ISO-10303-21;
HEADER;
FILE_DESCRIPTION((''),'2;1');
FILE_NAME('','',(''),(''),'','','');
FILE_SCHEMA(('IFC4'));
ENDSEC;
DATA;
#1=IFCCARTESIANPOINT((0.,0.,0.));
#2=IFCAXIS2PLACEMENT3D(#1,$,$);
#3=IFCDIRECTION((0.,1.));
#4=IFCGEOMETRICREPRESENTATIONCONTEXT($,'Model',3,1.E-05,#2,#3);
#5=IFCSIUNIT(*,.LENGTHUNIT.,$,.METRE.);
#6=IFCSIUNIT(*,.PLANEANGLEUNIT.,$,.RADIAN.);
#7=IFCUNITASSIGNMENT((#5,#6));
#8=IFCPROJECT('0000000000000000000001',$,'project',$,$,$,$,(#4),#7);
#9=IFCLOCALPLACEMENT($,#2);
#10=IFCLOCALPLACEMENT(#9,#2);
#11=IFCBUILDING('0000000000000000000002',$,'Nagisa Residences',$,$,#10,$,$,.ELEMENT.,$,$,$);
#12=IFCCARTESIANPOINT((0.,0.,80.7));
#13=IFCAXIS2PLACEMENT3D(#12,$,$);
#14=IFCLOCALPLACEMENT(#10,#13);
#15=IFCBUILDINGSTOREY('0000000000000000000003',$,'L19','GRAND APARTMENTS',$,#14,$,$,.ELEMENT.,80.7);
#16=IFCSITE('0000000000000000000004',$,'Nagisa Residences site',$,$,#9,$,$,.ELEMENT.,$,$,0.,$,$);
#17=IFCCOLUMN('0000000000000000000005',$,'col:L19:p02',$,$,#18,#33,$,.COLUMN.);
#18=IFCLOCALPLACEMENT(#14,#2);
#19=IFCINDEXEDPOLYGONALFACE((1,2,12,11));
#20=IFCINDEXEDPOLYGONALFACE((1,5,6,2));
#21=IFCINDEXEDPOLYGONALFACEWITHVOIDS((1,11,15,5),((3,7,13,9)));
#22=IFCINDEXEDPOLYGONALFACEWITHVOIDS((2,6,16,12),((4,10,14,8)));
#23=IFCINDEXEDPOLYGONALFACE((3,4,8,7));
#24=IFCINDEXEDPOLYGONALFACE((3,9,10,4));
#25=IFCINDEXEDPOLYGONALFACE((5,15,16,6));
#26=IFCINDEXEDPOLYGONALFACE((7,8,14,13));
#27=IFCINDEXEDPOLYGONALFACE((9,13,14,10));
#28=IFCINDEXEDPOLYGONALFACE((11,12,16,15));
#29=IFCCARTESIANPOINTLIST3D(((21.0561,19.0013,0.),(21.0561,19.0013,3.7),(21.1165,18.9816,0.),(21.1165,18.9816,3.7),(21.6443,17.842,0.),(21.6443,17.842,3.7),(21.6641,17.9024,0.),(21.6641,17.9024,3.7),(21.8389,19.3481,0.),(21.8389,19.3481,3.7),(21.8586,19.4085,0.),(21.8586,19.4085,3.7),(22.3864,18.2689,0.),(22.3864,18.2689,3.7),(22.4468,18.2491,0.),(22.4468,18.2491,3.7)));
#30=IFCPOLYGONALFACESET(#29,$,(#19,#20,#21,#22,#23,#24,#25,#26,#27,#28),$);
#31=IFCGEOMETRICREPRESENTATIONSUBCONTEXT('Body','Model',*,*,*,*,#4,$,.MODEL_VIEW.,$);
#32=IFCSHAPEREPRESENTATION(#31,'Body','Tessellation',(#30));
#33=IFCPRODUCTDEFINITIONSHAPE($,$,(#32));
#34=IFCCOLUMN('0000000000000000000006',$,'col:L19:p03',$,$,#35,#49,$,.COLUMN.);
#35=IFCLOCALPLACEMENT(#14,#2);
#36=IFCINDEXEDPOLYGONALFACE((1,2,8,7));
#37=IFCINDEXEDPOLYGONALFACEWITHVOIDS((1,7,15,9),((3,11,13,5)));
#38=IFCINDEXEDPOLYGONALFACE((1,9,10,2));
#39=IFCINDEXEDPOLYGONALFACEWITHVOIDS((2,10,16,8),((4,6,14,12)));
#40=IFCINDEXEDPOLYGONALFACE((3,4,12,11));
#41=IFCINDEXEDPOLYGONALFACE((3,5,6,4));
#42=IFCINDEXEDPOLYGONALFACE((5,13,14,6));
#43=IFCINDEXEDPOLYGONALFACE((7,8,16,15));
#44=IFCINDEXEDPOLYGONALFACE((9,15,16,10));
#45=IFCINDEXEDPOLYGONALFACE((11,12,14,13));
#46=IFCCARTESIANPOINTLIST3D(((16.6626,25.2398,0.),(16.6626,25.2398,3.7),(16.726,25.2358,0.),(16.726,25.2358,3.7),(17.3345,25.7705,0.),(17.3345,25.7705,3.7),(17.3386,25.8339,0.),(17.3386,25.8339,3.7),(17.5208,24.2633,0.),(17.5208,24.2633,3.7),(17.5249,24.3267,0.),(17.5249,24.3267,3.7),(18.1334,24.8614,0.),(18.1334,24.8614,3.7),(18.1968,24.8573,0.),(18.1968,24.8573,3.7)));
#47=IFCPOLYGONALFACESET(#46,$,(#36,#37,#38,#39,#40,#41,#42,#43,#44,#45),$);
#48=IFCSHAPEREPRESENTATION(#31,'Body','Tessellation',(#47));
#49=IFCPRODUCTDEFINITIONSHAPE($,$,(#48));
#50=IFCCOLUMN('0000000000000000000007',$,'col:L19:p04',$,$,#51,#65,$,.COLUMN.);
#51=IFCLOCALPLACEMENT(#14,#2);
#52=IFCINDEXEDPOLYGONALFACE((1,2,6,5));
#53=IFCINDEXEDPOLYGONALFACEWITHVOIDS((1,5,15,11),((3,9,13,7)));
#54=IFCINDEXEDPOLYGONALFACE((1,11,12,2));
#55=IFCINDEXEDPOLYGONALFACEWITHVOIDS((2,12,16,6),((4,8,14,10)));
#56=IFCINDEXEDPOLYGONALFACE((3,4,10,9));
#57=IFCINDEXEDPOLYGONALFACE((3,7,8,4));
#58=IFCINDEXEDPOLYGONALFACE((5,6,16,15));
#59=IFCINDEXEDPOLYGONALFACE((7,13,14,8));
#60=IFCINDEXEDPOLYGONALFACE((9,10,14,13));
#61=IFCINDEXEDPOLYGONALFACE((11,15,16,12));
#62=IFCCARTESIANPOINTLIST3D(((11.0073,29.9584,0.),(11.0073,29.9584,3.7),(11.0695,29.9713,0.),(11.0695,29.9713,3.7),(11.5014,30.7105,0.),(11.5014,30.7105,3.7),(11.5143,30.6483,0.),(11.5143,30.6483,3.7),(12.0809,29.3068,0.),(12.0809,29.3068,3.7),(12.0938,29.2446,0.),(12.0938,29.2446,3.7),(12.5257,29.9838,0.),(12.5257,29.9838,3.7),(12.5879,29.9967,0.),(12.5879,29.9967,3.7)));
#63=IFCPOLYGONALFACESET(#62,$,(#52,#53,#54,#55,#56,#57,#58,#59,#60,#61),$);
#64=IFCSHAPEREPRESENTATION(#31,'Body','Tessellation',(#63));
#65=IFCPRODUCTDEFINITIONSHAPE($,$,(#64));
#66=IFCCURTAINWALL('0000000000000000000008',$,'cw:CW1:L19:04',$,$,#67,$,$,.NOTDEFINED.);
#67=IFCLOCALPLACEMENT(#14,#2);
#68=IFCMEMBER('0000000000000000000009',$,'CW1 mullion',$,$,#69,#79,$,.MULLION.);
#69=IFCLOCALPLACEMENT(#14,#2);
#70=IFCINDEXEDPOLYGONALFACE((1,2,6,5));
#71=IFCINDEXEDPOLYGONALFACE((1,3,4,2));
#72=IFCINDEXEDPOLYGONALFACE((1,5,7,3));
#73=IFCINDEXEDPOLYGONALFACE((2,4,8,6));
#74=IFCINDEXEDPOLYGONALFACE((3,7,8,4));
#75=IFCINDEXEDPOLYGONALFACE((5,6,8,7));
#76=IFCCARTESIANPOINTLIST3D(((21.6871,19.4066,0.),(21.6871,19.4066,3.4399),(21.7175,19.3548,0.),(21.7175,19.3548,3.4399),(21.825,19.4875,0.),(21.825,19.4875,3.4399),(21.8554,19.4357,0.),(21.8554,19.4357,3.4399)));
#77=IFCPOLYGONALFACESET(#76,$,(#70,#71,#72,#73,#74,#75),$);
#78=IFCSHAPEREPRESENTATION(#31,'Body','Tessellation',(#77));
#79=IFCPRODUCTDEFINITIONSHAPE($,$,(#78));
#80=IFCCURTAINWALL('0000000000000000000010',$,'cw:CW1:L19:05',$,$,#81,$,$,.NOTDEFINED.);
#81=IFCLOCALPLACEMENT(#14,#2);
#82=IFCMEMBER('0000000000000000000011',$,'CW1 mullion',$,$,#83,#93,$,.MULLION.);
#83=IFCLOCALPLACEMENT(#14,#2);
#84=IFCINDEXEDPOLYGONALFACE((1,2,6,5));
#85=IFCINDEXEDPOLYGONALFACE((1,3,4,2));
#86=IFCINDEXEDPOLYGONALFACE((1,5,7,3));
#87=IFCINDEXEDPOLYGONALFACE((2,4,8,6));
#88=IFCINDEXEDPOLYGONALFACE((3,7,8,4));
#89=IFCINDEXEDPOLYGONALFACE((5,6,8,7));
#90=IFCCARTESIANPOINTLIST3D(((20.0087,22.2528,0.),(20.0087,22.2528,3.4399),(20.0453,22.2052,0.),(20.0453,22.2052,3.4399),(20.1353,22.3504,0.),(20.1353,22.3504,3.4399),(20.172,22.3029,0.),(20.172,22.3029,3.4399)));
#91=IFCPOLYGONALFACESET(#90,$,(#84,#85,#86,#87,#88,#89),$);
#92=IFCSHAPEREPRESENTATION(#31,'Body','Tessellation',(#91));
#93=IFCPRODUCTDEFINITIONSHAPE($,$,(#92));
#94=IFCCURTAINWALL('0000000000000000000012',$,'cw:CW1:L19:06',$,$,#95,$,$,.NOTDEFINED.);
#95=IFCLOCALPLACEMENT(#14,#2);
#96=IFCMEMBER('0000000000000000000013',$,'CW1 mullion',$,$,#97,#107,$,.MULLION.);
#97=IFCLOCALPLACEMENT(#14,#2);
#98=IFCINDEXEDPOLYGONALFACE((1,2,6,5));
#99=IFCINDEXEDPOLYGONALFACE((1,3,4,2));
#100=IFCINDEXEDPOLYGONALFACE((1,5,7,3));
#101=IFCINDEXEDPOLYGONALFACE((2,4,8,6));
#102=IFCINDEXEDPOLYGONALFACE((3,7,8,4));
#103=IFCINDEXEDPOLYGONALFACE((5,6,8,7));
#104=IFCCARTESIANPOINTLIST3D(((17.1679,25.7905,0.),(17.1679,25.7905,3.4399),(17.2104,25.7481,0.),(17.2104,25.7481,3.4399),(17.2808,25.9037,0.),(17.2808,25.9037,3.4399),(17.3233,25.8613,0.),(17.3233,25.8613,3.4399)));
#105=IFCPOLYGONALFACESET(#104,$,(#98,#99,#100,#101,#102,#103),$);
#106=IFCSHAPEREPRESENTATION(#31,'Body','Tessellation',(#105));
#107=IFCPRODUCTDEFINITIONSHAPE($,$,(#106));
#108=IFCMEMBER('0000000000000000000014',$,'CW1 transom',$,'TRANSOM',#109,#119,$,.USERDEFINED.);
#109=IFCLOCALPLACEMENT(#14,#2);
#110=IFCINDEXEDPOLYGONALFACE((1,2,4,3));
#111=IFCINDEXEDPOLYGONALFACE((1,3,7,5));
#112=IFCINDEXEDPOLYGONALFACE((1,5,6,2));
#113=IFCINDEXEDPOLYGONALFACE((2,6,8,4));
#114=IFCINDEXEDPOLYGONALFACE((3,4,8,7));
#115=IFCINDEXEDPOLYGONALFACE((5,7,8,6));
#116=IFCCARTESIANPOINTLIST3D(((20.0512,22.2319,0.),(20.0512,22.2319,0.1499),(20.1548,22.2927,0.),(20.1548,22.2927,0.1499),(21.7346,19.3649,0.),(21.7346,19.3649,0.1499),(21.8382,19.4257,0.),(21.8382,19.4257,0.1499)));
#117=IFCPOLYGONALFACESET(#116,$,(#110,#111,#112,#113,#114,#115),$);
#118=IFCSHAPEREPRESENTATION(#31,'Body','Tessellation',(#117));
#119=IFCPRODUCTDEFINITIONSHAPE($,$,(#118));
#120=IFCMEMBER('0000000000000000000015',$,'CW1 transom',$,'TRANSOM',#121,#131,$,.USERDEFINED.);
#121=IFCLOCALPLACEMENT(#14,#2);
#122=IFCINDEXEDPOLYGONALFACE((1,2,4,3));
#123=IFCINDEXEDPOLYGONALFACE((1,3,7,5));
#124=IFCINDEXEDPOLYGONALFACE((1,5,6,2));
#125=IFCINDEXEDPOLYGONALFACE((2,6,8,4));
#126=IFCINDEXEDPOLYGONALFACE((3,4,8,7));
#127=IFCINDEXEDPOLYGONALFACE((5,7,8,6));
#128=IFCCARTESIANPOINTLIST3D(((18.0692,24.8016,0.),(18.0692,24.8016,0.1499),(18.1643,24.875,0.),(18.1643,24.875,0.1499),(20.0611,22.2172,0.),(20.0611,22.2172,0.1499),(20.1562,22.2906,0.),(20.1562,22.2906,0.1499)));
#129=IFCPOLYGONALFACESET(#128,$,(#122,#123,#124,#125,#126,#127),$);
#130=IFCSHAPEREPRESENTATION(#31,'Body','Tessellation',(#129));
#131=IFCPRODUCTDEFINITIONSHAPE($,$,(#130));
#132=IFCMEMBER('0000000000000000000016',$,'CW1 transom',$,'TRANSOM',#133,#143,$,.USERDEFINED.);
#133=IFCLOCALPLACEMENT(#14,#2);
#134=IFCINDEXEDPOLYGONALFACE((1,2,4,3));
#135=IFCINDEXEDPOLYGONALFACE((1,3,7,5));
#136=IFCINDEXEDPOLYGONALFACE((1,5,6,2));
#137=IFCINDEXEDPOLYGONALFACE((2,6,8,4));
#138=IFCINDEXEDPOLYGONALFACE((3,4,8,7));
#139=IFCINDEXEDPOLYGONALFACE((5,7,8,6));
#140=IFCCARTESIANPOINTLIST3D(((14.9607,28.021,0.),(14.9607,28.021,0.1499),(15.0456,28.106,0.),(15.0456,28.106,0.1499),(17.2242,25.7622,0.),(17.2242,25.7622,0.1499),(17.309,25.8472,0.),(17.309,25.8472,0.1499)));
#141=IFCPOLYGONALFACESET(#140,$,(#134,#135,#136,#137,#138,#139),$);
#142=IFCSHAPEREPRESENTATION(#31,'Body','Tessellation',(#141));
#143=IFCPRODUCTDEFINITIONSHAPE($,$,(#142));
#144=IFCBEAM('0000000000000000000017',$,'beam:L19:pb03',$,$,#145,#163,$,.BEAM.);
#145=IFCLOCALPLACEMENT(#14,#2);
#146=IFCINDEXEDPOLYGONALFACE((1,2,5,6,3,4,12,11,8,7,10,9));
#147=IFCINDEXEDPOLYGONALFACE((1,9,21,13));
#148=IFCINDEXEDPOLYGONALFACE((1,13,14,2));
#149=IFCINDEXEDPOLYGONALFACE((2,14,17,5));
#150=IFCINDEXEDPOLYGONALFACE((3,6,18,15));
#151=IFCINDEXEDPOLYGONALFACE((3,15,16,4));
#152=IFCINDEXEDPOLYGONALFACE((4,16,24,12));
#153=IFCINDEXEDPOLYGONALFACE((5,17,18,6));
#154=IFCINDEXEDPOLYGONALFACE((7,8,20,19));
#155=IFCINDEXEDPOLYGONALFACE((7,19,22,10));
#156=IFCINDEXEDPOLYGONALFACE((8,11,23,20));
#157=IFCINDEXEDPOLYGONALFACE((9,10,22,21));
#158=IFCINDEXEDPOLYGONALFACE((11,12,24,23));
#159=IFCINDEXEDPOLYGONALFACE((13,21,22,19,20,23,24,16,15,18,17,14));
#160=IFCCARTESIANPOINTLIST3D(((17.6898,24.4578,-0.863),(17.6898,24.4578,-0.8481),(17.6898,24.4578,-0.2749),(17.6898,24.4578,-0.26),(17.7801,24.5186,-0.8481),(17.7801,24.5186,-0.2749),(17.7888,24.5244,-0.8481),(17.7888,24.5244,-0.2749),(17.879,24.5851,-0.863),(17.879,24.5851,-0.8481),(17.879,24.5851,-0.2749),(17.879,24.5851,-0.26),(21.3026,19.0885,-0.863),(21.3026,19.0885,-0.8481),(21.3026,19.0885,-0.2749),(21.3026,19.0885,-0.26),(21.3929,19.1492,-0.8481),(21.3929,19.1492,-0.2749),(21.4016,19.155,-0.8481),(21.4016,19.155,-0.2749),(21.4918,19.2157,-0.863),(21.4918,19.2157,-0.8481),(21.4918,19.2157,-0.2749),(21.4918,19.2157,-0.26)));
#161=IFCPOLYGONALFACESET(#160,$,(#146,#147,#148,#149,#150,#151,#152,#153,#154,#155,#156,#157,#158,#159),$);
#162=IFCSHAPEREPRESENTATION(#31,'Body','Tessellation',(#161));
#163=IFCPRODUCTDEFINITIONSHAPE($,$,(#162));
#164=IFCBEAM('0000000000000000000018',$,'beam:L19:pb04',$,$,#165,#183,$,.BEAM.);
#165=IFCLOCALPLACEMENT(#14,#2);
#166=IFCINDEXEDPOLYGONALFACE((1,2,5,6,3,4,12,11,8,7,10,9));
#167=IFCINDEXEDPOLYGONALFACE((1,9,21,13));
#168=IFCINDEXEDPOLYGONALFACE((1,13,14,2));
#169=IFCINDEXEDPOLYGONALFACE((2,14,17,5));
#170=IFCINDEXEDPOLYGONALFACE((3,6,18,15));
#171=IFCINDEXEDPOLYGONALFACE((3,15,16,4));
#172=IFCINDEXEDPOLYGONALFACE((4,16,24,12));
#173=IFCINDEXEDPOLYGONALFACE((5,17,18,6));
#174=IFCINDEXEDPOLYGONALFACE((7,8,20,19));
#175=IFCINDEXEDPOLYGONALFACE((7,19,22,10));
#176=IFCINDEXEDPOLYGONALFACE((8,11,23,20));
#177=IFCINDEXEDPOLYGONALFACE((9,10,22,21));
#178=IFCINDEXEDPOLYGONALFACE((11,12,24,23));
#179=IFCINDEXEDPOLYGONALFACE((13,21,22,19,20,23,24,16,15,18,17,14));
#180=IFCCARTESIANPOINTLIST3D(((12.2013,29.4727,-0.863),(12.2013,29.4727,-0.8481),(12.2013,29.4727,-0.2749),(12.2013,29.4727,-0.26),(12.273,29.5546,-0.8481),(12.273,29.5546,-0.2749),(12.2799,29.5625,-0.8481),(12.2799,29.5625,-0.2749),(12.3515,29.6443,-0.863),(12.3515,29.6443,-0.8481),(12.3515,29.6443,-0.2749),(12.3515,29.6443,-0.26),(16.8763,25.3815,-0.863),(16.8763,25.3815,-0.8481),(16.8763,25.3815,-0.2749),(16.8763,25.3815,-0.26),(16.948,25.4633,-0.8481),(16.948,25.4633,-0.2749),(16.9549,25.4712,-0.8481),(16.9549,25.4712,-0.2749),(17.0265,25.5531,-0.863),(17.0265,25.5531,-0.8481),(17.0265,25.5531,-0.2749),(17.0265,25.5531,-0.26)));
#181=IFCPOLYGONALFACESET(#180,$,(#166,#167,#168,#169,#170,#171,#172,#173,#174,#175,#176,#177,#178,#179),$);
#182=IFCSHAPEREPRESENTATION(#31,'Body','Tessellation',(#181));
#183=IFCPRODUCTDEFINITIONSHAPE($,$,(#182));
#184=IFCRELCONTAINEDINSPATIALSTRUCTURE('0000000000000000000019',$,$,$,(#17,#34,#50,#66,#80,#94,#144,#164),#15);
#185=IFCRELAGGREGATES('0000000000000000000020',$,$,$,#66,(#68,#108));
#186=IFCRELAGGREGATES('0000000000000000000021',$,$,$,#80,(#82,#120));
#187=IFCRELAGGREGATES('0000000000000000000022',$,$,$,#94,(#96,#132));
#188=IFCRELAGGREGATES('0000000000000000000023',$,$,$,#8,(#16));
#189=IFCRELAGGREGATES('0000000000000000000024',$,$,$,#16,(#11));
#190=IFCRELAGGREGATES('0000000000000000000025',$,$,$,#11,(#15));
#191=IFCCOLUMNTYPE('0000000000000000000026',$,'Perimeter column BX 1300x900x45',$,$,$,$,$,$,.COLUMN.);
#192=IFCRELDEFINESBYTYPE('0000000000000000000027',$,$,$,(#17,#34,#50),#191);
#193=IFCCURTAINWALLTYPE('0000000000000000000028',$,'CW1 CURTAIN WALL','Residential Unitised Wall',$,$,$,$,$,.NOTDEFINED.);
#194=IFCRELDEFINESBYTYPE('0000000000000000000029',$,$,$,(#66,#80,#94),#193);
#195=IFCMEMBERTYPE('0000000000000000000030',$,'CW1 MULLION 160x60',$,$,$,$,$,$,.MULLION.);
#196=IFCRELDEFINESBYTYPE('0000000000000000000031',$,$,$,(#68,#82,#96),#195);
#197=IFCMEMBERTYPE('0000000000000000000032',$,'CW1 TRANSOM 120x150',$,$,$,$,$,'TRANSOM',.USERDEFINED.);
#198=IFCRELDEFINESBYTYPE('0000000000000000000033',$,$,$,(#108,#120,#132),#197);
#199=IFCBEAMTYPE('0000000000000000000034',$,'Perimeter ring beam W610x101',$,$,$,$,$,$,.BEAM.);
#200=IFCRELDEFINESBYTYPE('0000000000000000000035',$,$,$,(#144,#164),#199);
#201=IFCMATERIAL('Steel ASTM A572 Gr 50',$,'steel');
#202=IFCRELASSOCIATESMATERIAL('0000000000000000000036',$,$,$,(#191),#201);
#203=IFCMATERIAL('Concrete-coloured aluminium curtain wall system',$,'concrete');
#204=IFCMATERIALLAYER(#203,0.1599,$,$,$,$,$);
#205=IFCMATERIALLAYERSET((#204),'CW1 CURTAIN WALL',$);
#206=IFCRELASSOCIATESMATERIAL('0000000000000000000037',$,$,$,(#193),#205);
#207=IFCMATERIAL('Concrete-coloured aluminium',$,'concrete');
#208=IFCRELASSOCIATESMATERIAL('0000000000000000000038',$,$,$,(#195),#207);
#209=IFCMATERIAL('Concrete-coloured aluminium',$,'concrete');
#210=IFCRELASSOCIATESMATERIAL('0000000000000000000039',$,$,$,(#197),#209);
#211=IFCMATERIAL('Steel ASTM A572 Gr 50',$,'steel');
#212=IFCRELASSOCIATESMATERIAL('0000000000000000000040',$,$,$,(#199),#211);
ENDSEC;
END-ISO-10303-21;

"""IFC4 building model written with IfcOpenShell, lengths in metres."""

from ifc_helpers import new_model, si_unit, direction, frame, origin, origin_2d, place, context, subcontext, project, spatial, rectangle, hollow_rectangle, i_section, extrude, material, layer, layer_set, material_profile, profile_set, type_object, element, aggregate, save


model = new_model("IFC4")

# Units and contexts
model_context = context("Model", 3, precision=1e-05, world=origin(), true_north=direction((0.0, 1.0)))
body_context = subcontext(model_context, "Body", "Model", "MODEL_VIEW")
ifc_project = project(units=[si_unit("LENGTHUNIT", "METRE"), si_unit("PLANEANGLEUNIT", "RADIAN")], contexts=[model_context])

# Site, building, storey
site_placement = place(None, origin())
site = spatial("IfcSite", under=ifc_project, at=site_placement, Name="Nagisa Residences site", CompositionType="ELEMENT", RefElevation=0.0)
building_placement = place(site_placement, origin())
building = spatial("IfcBuilding", under=site, at=building_placement, Name="Nagisa Residences", CompositionType="ELEMENT")
storey_placement = place(building_placement, frame((0.0, 0.0, 80.7)))
storey = spatial("IfcBuildingStorey", under=building, at=storey_placement, Name="L19", Description="GRAND APARTMENTS", CompositionType="ELEMENT", Elevation=80.7)

# Columns
ifc_material_1 = material(Name="Steel ASTM A572 Gr 50", Category="steel")
ifc_material_profile_1 = material_profile(ifc_material_1, hollow_rectangle(XDim=1.3, YDim=0.8999, WallThickness=0.0449, at=origin_2d()), Name="BX 1300x900x45")
ifc_profile_set_1 = profile_set([ifc_material_profile_1], Name="Steel ASTM A572 Gr 50")
column_type = type_object("IfcColumnType", Name="Perimeter column BX 1300x900x45", PredefinedType="COLUMN", material=ifc_profile_set_1)
for number, where, z_axis, x_axis, name in (
    (1, (21.7515, 18.6252, 0.0), (0.0, 0.0, 1.0), (-0.452463, 0.891783, 0.0), "col:L19:p02"),
    (2, (17.4297, 25.0486, 0.0), (0.0, 0.0, 1.0), (-0.660115, 0.751165, 0.0), "col:L19:p03"),
    (3, (11.7976, 29.9775, 0.0), (0.0, 0.0, 1.0), (-0.835766, 0.549086, 0.0), "col:L19:p04"),
):
    element("IfcColumn", number, at=place(storey_placement, frame(where, z_axis=z_axis, x_axis=x_axis)), inside=storey, type_object=column_type, Name=name, PredefinedType="COLUMN", context=body_context, shape_type="SweptSolid", body=[
        extrude(hollow_rectangle(XDim=1.3, YDim=0.8999, WallThickness=0.0449, at=origin_2d()), origin(), (0.0, 0.0, 1.0), 3.7),
    ])

# Curtain walls, members
ifc_material_2 = material(Name="Concrete-coloured aluminium curtain wall system", Category="concrete")
ifc_layer_1 = layer(ifc_material_2, 0.1599)
ifc_layer_set_1 = layer_set([ifc_layer_1], Name="CW1 CURTAIN WALL")
curtain_wall_type = type_object("IfcCurtainWallType", Name="CW1 CURTAIN WALL", Description="Residential Unitised Wall", PredefinedType="NOTDEFINED", material=ifc_layer_set_1)
curtain_wall_1_placement = place(storey_placement, origin())
curtain_wall_1 = element("IfcCurtainWall", 4, at=curtain_wall_1_placement, inside=storey, type_object=curtain_wall_type, Name="cw:CW1:L19:04", PredefinedType="NOTDEFINED")
ifc_material_3 = material(Name="Concrete-coloured aluminium", Category="concrete")
ifc_material_profile_2 = material_profile(ifc_material_3, rectangle(XDim=0.1599, YDim=0.0601, at=origin_2d()), Name="CW1 MULLION 160x60")
ifc_profile_set_2 = profile_set([ifc_material_profile_2], Name="Concrete-coloured aluminium")
member_type_1 = type_object("IfcMemberType", Name="CW1 MULLION 160x60", PredefinedType="MULLION", material=ifc_profile_set_2)
member_1_placement = place(storey_placement, frame((21.7712, 19.4211, 0.0), z_axis=(0.0, 0.0, 1.0), x_axis=(-0.862329, -0.506349, 0.0)))
member_1 = element("IfcMember", 5, at=member_1_placement, type_object=member_type_1, Name="CW1 mullion", PredefinedType="MULLION", context=body_context, shape_type="SweptSolid", body=[
    extrude(rectangle(XDim=0.1599, YDim=0.0601, at=origin_2d()), origin(), (0.0, 0.0, 1.0), 3.4399),
])
curtain_wall_2_placement = place(storey_placement, origin())
curtain_wall_2 = element("IfcCurtainWall", 6, at=curtain_wall_2_placement, inside=storey, type_object=curtain_wall_type, Name="cw:CW1:L19:05", PredefinedType="NOTDEFINED")
member_2_placement = place(storey_placement, frame((20.0903, 22.2778, 0.0), z_axis=(0.0, 0.0, 1.0), x_axis=(-0.79207, -0.61043, 0.0)))
member_2 = element("IfcMember", 7, at=member_2_placement, type_object=member_type_1, Name="CW1 mullion", PredefinedType="MULLION", context=body_context, shape_type="SweptSolid", body=[
    extrude(rectangle(XDim=0.1599, YDim=0.0601, at=origin_2d()), origin(), (0.0, 0.0, 1.0), 3.4399),
])
curtain_wall_3_placement = place(storey_placement, origin())
curtain_wall_3 = element("IfcCurtainWall", 8, at=curtain_wall_3_placement, inside=storey, type_object=curtain_wall_type, Name="cw:CW1:L19:06", PredefinedType="NOTDEFINED")
member_3_placement = place(storey_placement, frame((17.2456, 25.8259, 0.0), z_axis=(0.0, 0.0, 1.0), x_axis=(-0.706377, -0.707836, 0.0)))
member_3 = element("IfcMember", 9, at=member_3_placement, type_object=member_type_1, Name="CW1 mullion", PredefinedType="MULLION", context=body_context, shape_type="SweptSolid", body=[
    extrude(rectangle(XDim=0.1599, YDim=0.0601, at=origin_2d()), origin(), (0.0, 0.0, 1.0), 3.4399),
])

# Members
ifc_material_4 = material(Name="Concrete-coloured aluminium", Category="concrete")
ifc_material_profile_3 = material_profile(ifc_material_4, rectangle(XDim=0.1201, YDim=0.1499, at=origin_2d()), Name="CW1 TRANSOM 120x150")
ifc_profile_set_3 = profile_set([ifc_material_profile_3], Name="Concrete-coloured aluminium")
member_type_2 = type_object("IfcMemberType", Name="CW1 TRANSOM 120x150", ElementType="TRANSOM", PredefinedType="USERDEFINED", material=ifc_profile_set_3)
member_4_placement = place(storey_placement, frame((21.7864, 19.3953, 0.075), z_axis=(-0.50633, 0.86234, 0.0), x_axis=(-0.86234, -0.50633, 0.0)))
member_4 = element("IfcMember", 10, at=member_4_placement, type_object=member_type_2, Name="CW1 transom", ObjectType="TRANSOM", PredefinedType="USERDEFINED", context=body_context, shape_type="SweptSolid", body=[
    extrude(rectangle(XDim=0.1201, YDim=0.1499, at=origin_2d()), origin(), (0.0, 0.0, 1.0), 3.3247),
])
member_5_placement = place(storey_placement, frame((20.1086, 22.2539, 0.075), z_axis=(-0.610459, 0.792048, 0.0), x_axis=(-0.792048, -0.610459, 0.0)))
member_5 = element("IfcMember", 11, at=member_5_placement, type_object=member_type_2, Name="CW1 transom", ObjectType="TRANSOM", PredefinedType="USERDEFINED", context=body_context, shape_type="SweptSolid", body=[
    extrude(rectangle(XDim=0.1201, YDim=0.1499, at=origin_2d()), origin(), (0.0, 0.0, 1.0), 3.2629),
])
member_6_placement = place(storey_placement, frame((17.2666, 25.8047, 0.075), z_axis=(-0.707832, 0.706381, 0.0), x_axis=(-0.706381, -0.707832, 0.0)))
member_6 = element("IfcMember", 12, at=member_6_placement, type_object=member_type_2, Name="CW1 transom", ObjectType="TRANSOM", PredefinedType="USERDEFINED", context=body_context, shape_type="SweptSolid", body=[
    extrude(rectangle(XDim=0.1201, YDim=0.1499, at=origin_2d()), origin(), (0.0, 0.0, 1.0), 3.1978),
])

# Beams
ifc_material_5 = material(Name="Steel ASTM A572 Gr 50", Category="steel")
ifc_material_profile_4 = material_profile(ifc_material_5, i_section(OverallWidth=0.228, OverallDepth=0.603, WebThickness=0.0105, FlangeThickness=0.0149, at=origin_2d()), Name="W610x101")
ifc_profile_set_4 = profile_set([ifc_material_profile_4], Name="Steel ASTM A572 Gr 50")
beam_type_1 = type_object("IfcBeamType", Name="Perimeter ring beam W610x101", PredefinedType="BEAM", material=ifc_profile_set_4)
beam_1_placement = place(storey_placement, frame((21.3972, 19.1521, -0.5615), z_axis=(-0.558247, 0.829675, 0.0), x_axis=(-0.829675, -0.558247, 0.0)))
element("IfcBeam", 13, at=beam_1_placement, inside=storey, type_object=beam_type_1, Name="beam:L19:pb03", PredefinedType="BEAM", context=body_context, shape_type="SweptSolid", body=[
    extrude(i_section(OverallWidth=0.228, OverallDepth=0.603, WebThickness=0.0105, FlangeThickness=0.0149, at=origin_2d()), origin(), (0.0, 0.0, 1.0), 6.4717),
])
beam_2_placement = place(storey_placement, frame((16.9514, 25.4673, -0.5615), z_axis=(-0.752526, 0.658563, 0.0), x_axis=(-0.658563, -0.752526, 0.0)))
element("IfcBeam", 14, at=beam_2_placement, inside=storey, type_object=beam_type_1, Name="beam:L19:pb04", PredefinedType="BEAM", context=body_context, shape_type="SweptSolid", body=[
    extrude(i_section(OverallWidth=0.228, OverallDepth=0.603, WebThickness=0.0105, FlangeThickness=0.0149, at=origin_2d()), origin(), (0.0, 0.0, 1.0), 6.2124),
])

aggregate(curtain_wall_1, [member_1, member_4])
aggregate(curtain_wall_2, [member_2, member_5])
aggregate(curtain_wall_3, [member_3, member_6])

save(model, "model.ifc")
